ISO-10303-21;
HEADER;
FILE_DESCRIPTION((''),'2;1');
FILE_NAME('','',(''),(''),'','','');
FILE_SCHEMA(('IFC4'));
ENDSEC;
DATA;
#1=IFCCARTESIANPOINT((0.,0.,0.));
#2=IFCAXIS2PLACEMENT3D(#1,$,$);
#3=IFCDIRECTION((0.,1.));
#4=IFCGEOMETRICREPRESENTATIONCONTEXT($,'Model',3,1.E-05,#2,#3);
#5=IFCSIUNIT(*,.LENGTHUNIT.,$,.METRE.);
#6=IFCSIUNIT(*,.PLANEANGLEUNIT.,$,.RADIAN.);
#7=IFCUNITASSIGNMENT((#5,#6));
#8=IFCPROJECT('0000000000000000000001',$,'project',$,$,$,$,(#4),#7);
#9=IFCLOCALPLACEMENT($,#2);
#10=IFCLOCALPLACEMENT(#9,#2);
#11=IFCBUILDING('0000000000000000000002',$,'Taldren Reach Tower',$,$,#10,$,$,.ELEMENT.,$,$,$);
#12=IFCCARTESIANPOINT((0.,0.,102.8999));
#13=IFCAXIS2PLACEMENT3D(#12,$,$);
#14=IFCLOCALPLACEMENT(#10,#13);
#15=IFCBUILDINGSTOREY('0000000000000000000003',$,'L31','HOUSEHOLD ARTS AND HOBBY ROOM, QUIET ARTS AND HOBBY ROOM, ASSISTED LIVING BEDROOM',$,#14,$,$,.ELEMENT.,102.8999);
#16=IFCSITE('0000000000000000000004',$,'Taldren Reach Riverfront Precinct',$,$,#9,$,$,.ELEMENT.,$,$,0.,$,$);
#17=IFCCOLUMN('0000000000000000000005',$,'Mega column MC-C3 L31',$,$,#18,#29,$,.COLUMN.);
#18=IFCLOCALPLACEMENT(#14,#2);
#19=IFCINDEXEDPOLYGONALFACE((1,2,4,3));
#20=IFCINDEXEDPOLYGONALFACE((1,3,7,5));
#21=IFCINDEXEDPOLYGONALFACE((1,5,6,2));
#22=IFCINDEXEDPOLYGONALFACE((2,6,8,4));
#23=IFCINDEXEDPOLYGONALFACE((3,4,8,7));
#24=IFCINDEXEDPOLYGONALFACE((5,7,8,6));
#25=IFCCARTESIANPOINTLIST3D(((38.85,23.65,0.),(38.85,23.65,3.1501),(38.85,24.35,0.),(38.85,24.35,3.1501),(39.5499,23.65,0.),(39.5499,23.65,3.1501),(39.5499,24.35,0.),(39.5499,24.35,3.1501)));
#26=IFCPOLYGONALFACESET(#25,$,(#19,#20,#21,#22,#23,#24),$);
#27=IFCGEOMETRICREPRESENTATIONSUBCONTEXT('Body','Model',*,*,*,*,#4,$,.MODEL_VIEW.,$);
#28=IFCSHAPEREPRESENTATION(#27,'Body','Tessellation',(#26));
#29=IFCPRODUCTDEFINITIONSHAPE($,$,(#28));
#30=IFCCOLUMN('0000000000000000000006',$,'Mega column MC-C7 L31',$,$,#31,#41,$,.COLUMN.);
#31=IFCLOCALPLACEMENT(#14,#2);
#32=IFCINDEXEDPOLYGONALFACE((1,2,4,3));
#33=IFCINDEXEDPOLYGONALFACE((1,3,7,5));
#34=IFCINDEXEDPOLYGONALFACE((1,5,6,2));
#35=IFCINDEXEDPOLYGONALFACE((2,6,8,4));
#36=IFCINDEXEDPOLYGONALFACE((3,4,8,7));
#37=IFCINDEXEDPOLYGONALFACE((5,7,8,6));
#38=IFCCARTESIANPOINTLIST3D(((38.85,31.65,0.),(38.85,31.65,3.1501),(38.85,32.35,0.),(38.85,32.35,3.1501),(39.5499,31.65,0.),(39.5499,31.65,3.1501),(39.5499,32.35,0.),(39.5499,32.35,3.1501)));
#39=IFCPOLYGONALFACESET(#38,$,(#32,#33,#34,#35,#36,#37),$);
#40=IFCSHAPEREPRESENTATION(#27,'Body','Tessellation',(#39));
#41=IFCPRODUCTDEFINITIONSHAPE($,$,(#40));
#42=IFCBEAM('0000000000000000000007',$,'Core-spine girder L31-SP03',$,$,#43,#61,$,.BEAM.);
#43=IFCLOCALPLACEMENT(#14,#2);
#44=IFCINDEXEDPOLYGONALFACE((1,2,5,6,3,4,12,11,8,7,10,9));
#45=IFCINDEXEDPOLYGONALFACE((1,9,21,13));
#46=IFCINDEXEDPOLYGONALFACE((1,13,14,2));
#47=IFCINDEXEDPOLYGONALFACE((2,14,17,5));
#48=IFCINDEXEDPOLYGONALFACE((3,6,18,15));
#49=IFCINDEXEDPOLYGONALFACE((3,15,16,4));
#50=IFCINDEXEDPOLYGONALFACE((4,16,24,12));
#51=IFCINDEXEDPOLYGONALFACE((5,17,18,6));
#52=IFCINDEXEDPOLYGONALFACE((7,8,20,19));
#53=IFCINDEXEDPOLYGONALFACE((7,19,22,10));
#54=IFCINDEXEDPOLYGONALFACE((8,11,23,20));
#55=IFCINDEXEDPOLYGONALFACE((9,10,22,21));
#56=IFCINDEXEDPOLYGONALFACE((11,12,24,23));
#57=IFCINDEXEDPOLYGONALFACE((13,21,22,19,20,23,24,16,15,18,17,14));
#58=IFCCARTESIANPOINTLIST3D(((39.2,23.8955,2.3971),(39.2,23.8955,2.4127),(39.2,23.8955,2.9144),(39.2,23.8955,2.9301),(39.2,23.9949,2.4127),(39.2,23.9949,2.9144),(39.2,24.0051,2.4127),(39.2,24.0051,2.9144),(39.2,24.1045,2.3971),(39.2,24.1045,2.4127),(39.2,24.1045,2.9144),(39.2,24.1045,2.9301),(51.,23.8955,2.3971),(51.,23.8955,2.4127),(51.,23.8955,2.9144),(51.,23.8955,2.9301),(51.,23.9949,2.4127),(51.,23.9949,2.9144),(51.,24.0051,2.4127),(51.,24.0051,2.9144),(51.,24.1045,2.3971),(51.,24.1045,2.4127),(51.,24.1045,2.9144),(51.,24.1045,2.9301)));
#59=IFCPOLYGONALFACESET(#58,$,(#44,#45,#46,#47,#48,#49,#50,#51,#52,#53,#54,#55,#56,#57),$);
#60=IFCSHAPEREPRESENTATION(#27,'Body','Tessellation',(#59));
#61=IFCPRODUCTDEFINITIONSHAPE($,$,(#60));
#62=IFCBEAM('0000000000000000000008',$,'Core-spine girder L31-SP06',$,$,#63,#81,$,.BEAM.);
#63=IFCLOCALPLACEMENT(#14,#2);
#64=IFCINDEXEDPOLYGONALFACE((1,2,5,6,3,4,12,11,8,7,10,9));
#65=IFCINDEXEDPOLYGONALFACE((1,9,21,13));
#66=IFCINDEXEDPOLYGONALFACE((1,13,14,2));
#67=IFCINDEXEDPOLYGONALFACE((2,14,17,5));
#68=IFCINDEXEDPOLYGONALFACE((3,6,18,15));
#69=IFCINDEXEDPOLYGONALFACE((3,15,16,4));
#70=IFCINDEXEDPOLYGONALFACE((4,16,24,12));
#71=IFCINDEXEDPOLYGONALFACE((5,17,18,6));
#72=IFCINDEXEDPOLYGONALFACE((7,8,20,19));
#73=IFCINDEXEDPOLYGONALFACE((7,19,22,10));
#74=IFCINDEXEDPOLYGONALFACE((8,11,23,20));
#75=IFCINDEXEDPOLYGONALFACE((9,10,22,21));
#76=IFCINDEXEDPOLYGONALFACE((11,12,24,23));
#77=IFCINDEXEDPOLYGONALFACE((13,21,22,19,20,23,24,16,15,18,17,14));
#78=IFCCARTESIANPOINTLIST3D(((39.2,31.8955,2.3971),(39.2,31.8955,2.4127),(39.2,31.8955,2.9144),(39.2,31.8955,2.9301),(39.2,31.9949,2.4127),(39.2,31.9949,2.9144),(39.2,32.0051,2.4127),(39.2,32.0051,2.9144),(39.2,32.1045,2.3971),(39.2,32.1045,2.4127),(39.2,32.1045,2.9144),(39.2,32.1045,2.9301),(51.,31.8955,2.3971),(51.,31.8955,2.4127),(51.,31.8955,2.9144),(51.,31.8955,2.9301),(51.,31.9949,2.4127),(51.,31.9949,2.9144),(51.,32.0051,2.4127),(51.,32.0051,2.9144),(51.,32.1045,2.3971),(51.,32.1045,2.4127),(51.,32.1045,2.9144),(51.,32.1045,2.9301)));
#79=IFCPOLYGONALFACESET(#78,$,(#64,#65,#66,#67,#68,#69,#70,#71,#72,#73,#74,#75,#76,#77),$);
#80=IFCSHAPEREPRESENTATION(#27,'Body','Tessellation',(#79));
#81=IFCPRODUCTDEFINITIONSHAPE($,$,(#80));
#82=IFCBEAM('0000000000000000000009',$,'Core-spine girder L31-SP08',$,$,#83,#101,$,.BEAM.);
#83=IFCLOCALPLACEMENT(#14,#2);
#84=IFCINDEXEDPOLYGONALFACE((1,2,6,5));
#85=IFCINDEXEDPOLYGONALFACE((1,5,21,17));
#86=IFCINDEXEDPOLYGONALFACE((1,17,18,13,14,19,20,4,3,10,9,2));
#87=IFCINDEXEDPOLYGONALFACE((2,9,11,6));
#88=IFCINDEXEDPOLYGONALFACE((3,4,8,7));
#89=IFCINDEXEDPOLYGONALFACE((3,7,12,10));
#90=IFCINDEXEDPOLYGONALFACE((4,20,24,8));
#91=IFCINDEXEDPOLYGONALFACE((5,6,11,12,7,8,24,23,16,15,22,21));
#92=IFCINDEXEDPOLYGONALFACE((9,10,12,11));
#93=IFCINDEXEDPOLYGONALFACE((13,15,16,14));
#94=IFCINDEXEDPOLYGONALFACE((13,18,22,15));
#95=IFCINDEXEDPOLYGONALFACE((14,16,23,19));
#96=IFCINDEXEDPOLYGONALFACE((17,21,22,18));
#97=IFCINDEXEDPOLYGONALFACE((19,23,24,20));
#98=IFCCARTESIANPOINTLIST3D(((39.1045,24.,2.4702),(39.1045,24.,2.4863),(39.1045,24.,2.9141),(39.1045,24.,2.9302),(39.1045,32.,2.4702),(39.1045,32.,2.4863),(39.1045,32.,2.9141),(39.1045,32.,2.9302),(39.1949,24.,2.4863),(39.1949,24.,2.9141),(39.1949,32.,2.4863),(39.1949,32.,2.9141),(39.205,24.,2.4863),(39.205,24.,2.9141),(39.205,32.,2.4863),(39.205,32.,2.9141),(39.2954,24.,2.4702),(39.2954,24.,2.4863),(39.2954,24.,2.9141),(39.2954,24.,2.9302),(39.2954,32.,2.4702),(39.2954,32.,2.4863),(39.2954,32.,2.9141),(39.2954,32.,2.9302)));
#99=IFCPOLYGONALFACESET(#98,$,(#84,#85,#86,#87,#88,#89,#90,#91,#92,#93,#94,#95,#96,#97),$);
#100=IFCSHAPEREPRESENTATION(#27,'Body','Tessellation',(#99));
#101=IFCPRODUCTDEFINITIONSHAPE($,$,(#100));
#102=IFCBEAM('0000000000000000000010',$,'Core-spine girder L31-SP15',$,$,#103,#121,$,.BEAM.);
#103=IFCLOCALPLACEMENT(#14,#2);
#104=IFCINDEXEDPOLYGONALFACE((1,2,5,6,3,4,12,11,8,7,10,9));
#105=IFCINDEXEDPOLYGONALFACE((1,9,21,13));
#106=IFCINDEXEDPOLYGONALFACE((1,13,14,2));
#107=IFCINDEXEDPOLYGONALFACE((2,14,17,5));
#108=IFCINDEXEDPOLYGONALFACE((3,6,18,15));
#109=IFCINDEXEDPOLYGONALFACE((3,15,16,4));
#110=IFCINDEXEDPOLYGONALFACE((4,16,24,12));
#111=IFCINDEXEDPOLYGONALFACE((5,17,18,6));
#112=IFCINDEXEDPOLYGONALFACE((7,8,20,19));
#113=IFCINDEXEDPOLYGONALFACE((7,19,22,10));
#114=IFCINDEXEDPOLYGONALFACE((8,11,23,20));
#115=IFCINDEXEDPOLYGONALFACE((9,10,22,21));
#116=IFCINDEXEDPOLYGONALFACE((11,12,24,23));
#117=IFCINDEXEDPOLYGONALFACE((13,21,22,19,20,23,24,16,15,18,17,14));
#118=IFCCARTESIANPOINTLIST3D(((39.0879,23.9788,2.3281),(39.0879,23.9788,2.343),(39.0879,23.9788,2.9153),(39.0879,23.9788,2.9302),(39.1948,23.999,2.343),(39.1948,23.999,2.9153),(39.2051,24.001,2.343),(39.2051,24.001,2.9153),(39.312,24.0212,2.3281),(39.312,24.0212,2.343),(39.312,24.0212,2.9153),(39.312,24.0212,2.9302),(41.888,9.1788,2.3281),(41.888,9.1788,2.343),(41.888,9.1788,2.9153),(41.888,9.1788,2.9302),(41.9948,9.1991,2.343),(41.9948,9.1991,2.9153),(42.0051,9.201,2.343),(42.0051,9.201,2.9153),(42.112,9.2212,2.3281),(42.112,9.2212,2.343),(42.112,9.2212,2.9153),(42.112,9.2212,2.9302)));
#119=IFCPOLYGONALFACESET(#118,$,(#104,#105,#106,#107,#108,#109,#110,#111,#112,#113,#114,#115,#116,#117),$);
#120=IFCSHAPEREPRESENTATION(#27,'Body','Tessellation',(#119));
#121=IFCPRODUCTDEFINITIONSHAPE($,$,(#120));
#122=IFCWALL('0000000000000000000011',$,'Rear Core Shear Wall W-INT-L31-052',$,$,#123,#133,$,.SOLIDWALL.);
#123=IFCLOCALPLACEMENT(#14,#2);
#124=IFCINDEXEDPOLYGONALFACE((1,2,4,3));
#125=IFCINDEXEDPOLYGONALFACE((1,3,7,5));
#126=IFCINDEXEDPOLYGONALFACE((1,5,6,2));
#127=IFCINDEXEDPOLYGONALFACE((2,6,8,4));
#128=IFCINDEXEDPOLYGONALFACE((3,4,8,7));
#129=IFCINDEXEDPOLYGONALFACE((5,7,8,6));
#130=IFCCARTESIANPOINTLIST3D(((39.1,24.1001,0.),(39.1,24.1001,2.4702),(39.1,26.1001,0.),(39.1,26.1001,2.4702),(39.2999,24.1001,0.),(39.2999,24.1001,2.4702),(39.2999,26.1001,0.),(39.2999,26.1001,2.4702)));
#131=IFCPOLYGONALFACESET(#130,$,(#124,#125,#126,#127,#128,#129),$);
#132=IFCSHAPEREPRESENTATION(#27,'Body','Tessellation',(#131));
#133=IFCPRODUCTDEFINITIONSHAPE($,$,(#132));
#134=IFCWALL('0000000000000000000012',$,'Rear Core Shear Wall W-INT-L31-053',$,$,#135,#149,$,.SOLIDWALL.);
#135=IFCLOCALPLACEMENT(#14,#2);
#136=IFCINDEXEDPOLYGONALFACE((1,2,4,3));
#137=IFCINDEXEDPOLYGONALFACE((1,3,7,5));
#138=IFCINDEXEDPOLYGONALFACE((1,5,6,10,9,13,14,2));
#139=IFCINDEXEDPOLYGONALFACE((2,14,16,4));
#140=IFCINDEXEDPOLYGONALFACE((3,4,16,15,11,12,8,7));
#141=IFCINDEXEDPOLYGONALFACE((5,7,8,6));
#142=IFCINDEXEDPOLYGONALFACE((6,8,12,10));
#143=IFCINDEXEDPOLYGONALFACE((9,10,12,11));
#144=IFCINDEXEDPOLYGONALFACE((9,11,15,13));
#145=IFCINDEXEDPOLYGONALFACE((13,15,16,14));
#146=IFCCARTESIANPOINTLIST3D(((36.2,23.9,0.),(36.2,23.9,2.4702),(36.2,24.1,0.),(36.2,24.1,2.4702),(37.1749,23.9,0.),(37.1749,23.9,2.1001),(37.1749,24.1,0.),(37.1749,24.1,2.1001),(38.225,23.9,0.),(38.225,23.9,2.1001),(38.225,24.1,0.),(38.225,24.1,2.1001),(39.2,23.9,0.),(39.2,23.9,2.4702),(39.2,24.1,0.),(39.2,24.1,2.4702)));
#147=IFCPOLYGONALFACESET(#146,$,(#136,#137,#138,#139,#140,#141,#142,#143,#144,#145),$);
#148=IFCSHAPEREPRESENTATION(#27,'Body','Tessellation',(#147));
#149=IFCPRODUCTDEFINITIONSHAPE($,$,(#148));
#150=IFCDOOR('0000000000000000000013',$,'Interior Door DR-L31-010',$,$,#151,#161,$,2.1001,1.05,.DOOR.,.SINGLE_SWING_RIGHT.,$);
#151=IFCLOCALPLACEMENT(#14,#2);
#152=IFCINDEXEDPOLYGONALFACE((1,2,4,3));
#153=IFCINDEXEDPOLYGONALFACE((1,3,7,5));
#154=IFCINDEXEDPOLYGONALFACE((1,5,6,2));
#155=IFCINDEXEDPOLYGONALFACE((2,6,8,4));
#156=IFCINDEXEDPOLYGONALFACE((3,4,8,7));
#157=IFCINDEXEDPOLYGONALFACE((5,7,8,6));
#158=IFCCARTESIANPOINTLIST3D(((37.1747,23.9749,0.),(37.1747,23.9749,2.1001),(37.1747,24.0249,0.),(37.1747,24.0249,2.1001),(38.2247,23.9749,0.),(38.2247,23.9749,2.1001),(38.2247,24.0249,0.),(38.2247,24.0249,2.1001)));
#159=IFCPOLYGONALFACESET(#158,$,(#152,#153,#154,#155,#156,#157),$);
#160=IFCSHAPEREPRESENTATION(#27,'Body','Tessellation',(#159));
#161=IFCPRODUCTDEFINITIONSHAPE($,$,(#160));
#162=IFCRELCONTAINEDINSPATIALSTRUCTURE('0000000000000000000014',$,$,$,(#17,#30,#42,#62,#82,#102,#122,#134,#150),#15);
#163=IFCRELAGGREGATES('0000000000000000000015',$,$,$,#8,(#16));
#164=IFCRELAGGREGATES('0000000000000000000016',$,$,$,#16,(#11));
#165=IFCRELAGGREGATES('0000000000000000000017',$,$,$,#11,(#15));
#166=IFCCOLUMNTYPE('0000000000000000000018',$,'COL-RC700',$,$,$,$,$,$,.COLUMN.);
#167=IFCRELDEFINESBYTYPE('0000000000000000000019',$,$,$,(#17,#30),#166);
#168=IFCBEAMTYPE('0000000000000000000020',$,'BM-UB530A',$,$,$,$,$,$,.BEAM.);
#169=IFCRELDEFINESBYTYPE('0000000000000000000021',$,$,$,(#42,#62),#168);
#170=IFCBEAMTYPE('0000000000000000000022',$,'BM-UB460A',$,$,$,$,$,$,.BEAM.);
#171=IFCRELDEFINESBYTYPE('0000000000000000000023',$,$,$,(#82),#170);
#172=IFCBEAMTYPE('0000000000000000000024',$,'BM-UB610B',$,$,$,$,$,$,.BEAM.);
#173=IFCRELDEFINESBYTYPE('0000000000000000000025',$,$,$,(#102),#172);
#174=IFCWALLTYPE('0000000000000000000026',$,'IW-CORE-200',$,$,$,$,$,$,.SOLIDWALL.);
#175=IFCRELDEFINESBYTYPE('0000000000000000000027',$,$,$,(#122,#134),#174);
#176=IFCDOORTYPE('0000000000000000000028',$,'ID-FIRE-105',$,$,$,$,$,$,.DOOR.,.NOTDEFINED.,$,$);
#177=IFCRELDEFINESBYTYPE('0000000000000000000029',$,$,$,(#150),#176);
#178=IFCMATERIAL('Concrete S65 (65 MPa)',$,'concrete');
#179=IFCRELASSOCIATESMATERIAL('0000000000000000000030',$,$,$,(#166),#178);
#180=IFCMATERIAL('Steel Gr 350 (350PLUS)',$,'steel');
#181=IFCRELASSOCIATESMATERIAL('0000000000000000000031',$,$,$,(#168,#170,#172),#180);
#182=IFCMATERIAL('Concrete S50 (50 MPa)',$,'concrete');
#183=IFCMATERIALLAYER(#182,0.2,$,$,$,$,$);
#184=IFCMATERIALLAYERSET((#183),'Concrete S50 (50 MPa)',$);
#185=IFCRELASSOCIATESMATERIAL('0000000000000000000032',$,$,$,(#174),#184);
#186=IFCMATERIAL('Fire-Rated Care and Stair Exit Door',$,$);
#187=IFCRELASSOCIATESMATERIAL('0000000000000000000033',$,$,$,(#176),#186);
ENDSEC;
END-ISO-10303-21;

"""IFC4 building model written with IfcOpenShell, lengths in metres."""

from ifc_helpers import new_model, si_unit, direction, frame, frame_2d, origin, origin_2d, place, context, subcontext, project, spatial, rectangle, i_section, extrude, source, transform, mapped, material, layer, layer_set, material_profile, profile_set, type_object, element, fill, save


model = new_model("IFC4")

# Units and contexts
model_context = context("Model", 3, precision=1e-05, world=origin(), true_north=direction((0.0, 1.0)))
body_context = subcontext(model_context, "Body", "Model", "MODEL_VIEW")
ifc_project = project(units=[si_unit("LENGTHUNIT", "METRE"), si_unit("PLANEANGLEUNIT", "RADIAN")], contexts=[model_context])

# Site, building, storey
site_placement = place(None, origin())
site = spatial("IfcSite", under=ifc_project, at=site_placement, Name="Taldren Reach Riverfront Precinct", CompositionType="ELEMENT", RefElevation=0.0)
building_placement = place(site_placement, origin())
building = spatial("IfcBuilding", under=site, at=building_placement, Name="Taldren Reach Tower", CompositionType="ELEMENT")
storey_placement = place(building_placement, frame((0.0, 0.0, 102.8999)))
storey = spatial("IfcBuildingStorey", under=building, at=storey_placement, Name="L31", Description="HOUSEHOLD ARTS AND HOBBY ROOM, QUIET ARTS AND HOBBY ROOM, ASSISTED LIVING BEDROOM", CompositionType="ELEMENT", Elevation=102.8999)

# Columns
ifc_material_1 = material(Name="Concrete S65 (65 MPa)", Category="concrete")
ifc_material_profile_1 = material_profile(ifc_material_1, rectangle(XDim=0.7, YDim=0.7, at=origin_2d()), Name="RC-700x700")
ifc_profile_set_1 = profile_set([ifc_material_profile_1], Name="Concrete S65 (65 MPa)")
column_type = type_object("IfcColumnType", Name="COL-RC700", PredefinedType="COLUMN", material=ifc_profile_set_1)
shared_shape_1 = source(origin(), body_context, "Body", "SweptSolid", [
    extrude(rectangle(XDim=0.7, YDim=0.7, at=origin_2d()), origin(), (0.0, 0.0, 1.0), 3.1501),
])
for number, where, z_axis, x_axis, name in (
    (1, (39.2, 24.0, 0.0), (0.0, 0.0, 1.0), (1.0, 0.0, 0.0), "Mega column MC-C3 L31"),
    (2, (39.2, 32.0, 0.0), (0.0, 0.0, 1.0), (1.0, 0.0, 0.0), "Mega column MC-C7 L31"),
):
    element("IfcColumn", number, at=place(storey_placement, frame(where, z_axis=z_axis, x_axis=x_axis)), inside=storey, type_object=column_type, Name=name, PredefinedType="COLUMN", context=body_context, shape_type="MappedRepresentation", body=[
        mapped(shared_shape_1, transform((0.0, 0.0, 0.0), scale=1.0)),
    ])

# Beams
ifc_material_2 = material(Name="Steel Gr 350 (350PLUS)", Category="steel")
ifc_material_profile_2 = material_profile(ifc_material_2, i_section(OverallWidth=0.209, OverallDepth=0.533, WebThickness=0.0103, FlangeThickness=0.0156, at=origin_2d()), Name="530UB92.4")
ifc_profile_set_2 = profile_set([ifc_material_profile_2], Name="Steel Gr 350 (350PLUS)")
beam_type_1 = type_object("IfcBeamType", Name="BM-UB530A", PredefinedType="BEAM", material=ifc_profile_set_2)
shared_shape_2 = source(origin(), body_context, "Body", "SweptSolid", [
    extrude(i_section(OverallWidth=0.209, OverallDepth=0.533, WebThickness=0.0103, FlangeThickness=0.0156, at=origin_2d()), origin(), (0.0, 0.0, 1.0), 11.8),
])
for number, where, z_axis, x_axis, name in (
    (3, (39.2, 24.0, 2.6636), (1.0, 0.0, 0.0), (0.0, 1.0, 0.0), "Core-spine girder L31-SP03"),
    (4, (39.2, 32.0, 2.6636), (1.0, 0.0, 0.0), (0.0, 1.0, 0.0), "Core-spine girder L31-SP06"),
):
    element("IfcBeam", number, at=place(storey_placement, frame(where, z_axis=z_axis, x_axis=x_axis)), inside=storey, type_object=beam_type_1, Name=name, PredefinedType="BEAM", context=body_context, shape_type="MappedRepresentation", body=[
        mapped(shared_shape_2, transform((0.0, 0.0, 0.0), scale=1.0)),
    ])
ifc_material_profile_3 = material_profile(ifc_material_2, i_section(OverallWidth=0.1909, OverallDepth=0.46, WebThickness=0.01, FlangeThickness=0.0161, at=origin_2d()), Name="460UB82.1")
ifc_profile_set_3 = profile_set([ifc_material_profile_3], Name="Steel Gr 350 (350PLUS)")
beam_type_2 = type_object("IfcBeamType", Name="BM-UB460A", PredefinedType="BEAM", material=ifc_profile_set_3)
shared_shape_3 = source(origin(), body_context, "Body", "SweptSolid", [
    extrude(i_section(OverallWidth=0.1909, OverallDepth=0.46, WebThickness=0.01, FlangeThickness=0.0161, at=origin_2d()), origin(), (0.0, 0.0, 1.0), 8.0),
])
beam_1_placement = place(storey_placement, frame((39.2, 24.0, 2.7002), z_axis=(0.0, 1.0, 0.0), x_axis=(-1.0, 0.0, 0.0)))
element("IfcBeam", 5, at=beam_1_placement, inside=storey, type_object=beam_type_2, Name="Core-spine girder L31-SP08", PredefinedType="BEAM", context=body_context, shape_type="MappedRepresentation", body=[
    mapped(shared_shape_3, transform((0.0, 0.0, 0.0), scale=1.0)),
])
ifc_material_profile_4 = material_profile(ifc_material_2, i_section(OverallWidth=0.228, OverallDepth=0.6021, WebThickness=0.0105, FlangeThickness=0.0149, at=origin_2d()), Name="610UB101")
ifc_profile_set_4 = profile_set([ifc_material_profile_4], Name="Steel Gr 350 (350PLUS)")
beam_type_3 = type_object("IfcBeamType", Name="BM-UB610B", PredefinedType="BEAM", material=ifc_profile_set_4)
shared_shape_4 = source(origin(), body_context, "Body", "SweptSolid", [
    extrude(i_section(OverallWidth=0.228, OverallDepth=0.6021, WebThickness=0.0105, FlangeThickness=0.0149, at=origin_2d()), origin(), (0.0, 0.0, 1.0), 15.0625),
])
beam_2_placement = place(storey_placement, frame((39.2, 24.0, 2.6292), z_axis=(0.185894, -0.98257, 0.0), x_axis=(0.98257, 0.185894, 0.0)))
element("IfcBeam", 6, at=beam_2_placement, inside=storey, type_object=beam_type_3, Name="Core-spine girder L31-SP15", PredefinedType="BEAM", context=body_context, shape_type="MappedRepresentation", body=[
    mapped(shared_shape_4, transform((0.0, 0.0, 0.0), scale=1.0)),
])

# Wall
ifc_material_3 = material(Name="Concrete S50 (50 MPa)", Category="concrete")
ifc_layer_1 = layer(ifc_material_3, 0.2)
ifc_layer_set_1 = layer_set([ifc_layer_1], Name="Concrete S50 (50 MPa)")
wall_type_1 = type_object("IfcWallType", Name="IW-CORE-200", PredefinedType="SOLIDWALL", material=ifc_layer_set_1)
shared_shape_5 = source(origin(), body_context, "Body", "SweptSolid", [
    extrude(rectangle(XDim=2.0, YDim=0.2, at=frame_2d((1.0, 0.0))), origin(), (0.0, 0.0, 1.0), 2.4702),
])
wall_1_placement = place(storey_placement, frame((39.2, 26.1001, 0.0), z_axis=(0.0, 0.0, 1.0), x_axis=(0.0, -1.0, 0.0)))
element("IfcWall", 7, at=wall_1_placement, inside=storey, type_object=wall_type_1, Name="Rear Core Shear Wall W-INT-L31-052", PredefinedType="SOLIDWALL", context=body_context, shape_type="MappedRepresentation", body=[
    mapped(shared_shape_5, transform((0.0, 0.0, 0.0), scale=1.0)),
])

# Wall, opening, door
shared_shape_6 = source(origin(), body_context, "Body", "SweptSolid", [
    extrude(rectangle(XDim=3.0, YDim=0.2, at=frame_2d((1.5, 0.0))), origin(), (0.0, 0.0, 1.0), 2.4702),
])
wall_2_placement = place(storey_placement, frame((39.2, 24.0, 0.0), z_axis=(0.0, 0.0, 1.0), x_axis=(-1.0, 0.0, 0.0)))
wall_2 = element("IfcWall", 8, at=wall_2_placement, inside=storey, type_object=wall_type_1, Name="Rear Core Shear Wall W-INT-L31-053", PredefinedType="SOLIDWALL", context=body_context, shape_type="MappedRepresentation", body=[
    mapped(shared_shape_6, transform((0.0, 0.0, 0.0), scale=1.0)),
])
shared_shape_7 = source(origin(), body_context, "Body", "SweptSolid", [
    extrude(rectangle(XDim=1.05, YDim=2.1001, at=frame_2d((0.5249, 1.05))), frame((0.0, 0.1099, 0.0), z_axis=(0.0, -1.0, 0.0), x_axis=(1.0, 0.0, 0.0)), (0.0, 0.0, 1.0), 0.22),
])
opening_1_placement = place(wall_2_placement, frame((0.9751, 0.0, 0.0)))
opening_1 = element("IfcOpeningElement", 9, at=opening_1_placement, cuts=wall_2, PredefinedType="OPENING", context=body_context, shape_type="MappedRepresentation", body=[
    mapped(shared_shape_7, transform((0.0, 0.0, 0.0), scale=1.0)),
])
ifc_material_4 = material(Name="Fire-Rated Care and Stair Exit Door")
door_type_1 = type_object("IfcDoorType", Name="ID-FIRE-105", OperationType="NOTDEFINED", PredefinedType="DOOR", material=ifc_material_4)
shared_shape_8 = source(origin(), body_context, "Body", "SweptSolid", [
    extrude(rectangle(XDim=1.05, YDim=2.1001, at=frame_2d((0.5249, 1.05))), frame((0.0, 0.0249, 0.0), z_axis=(0.0, -1.0, 0.0), x_axis=(1.0, 0.0, 0.0)), (0.0, 0.0, 1.0), 0.05),
])
door_1_placement = place(opening_1_placement, frame((1.05, 0.0, 0.0), z_axis=(0.0, 0.0, 1.0), x_axis=(-1.0, 0.0, 0.0)))
door_1 = element("IfcDoor", 10, at=door_1_placement, inside=storey, type_object=door_type_1, Name="Interior Door DR-L31-010", OperationType="SINGLE_SWING_RIGHT", OverallHeight=2.1001, OverallWidth=1.05, PredefinedType="DOOR", context=body_context, shape_type="MappedRepresentation", body=[
    mapped(shared_shape_8, transform((0.0, 0.0, 0.0), scale=1.0)),
])
fill(opening_1, door_1)

save(model, "model.ifc")
